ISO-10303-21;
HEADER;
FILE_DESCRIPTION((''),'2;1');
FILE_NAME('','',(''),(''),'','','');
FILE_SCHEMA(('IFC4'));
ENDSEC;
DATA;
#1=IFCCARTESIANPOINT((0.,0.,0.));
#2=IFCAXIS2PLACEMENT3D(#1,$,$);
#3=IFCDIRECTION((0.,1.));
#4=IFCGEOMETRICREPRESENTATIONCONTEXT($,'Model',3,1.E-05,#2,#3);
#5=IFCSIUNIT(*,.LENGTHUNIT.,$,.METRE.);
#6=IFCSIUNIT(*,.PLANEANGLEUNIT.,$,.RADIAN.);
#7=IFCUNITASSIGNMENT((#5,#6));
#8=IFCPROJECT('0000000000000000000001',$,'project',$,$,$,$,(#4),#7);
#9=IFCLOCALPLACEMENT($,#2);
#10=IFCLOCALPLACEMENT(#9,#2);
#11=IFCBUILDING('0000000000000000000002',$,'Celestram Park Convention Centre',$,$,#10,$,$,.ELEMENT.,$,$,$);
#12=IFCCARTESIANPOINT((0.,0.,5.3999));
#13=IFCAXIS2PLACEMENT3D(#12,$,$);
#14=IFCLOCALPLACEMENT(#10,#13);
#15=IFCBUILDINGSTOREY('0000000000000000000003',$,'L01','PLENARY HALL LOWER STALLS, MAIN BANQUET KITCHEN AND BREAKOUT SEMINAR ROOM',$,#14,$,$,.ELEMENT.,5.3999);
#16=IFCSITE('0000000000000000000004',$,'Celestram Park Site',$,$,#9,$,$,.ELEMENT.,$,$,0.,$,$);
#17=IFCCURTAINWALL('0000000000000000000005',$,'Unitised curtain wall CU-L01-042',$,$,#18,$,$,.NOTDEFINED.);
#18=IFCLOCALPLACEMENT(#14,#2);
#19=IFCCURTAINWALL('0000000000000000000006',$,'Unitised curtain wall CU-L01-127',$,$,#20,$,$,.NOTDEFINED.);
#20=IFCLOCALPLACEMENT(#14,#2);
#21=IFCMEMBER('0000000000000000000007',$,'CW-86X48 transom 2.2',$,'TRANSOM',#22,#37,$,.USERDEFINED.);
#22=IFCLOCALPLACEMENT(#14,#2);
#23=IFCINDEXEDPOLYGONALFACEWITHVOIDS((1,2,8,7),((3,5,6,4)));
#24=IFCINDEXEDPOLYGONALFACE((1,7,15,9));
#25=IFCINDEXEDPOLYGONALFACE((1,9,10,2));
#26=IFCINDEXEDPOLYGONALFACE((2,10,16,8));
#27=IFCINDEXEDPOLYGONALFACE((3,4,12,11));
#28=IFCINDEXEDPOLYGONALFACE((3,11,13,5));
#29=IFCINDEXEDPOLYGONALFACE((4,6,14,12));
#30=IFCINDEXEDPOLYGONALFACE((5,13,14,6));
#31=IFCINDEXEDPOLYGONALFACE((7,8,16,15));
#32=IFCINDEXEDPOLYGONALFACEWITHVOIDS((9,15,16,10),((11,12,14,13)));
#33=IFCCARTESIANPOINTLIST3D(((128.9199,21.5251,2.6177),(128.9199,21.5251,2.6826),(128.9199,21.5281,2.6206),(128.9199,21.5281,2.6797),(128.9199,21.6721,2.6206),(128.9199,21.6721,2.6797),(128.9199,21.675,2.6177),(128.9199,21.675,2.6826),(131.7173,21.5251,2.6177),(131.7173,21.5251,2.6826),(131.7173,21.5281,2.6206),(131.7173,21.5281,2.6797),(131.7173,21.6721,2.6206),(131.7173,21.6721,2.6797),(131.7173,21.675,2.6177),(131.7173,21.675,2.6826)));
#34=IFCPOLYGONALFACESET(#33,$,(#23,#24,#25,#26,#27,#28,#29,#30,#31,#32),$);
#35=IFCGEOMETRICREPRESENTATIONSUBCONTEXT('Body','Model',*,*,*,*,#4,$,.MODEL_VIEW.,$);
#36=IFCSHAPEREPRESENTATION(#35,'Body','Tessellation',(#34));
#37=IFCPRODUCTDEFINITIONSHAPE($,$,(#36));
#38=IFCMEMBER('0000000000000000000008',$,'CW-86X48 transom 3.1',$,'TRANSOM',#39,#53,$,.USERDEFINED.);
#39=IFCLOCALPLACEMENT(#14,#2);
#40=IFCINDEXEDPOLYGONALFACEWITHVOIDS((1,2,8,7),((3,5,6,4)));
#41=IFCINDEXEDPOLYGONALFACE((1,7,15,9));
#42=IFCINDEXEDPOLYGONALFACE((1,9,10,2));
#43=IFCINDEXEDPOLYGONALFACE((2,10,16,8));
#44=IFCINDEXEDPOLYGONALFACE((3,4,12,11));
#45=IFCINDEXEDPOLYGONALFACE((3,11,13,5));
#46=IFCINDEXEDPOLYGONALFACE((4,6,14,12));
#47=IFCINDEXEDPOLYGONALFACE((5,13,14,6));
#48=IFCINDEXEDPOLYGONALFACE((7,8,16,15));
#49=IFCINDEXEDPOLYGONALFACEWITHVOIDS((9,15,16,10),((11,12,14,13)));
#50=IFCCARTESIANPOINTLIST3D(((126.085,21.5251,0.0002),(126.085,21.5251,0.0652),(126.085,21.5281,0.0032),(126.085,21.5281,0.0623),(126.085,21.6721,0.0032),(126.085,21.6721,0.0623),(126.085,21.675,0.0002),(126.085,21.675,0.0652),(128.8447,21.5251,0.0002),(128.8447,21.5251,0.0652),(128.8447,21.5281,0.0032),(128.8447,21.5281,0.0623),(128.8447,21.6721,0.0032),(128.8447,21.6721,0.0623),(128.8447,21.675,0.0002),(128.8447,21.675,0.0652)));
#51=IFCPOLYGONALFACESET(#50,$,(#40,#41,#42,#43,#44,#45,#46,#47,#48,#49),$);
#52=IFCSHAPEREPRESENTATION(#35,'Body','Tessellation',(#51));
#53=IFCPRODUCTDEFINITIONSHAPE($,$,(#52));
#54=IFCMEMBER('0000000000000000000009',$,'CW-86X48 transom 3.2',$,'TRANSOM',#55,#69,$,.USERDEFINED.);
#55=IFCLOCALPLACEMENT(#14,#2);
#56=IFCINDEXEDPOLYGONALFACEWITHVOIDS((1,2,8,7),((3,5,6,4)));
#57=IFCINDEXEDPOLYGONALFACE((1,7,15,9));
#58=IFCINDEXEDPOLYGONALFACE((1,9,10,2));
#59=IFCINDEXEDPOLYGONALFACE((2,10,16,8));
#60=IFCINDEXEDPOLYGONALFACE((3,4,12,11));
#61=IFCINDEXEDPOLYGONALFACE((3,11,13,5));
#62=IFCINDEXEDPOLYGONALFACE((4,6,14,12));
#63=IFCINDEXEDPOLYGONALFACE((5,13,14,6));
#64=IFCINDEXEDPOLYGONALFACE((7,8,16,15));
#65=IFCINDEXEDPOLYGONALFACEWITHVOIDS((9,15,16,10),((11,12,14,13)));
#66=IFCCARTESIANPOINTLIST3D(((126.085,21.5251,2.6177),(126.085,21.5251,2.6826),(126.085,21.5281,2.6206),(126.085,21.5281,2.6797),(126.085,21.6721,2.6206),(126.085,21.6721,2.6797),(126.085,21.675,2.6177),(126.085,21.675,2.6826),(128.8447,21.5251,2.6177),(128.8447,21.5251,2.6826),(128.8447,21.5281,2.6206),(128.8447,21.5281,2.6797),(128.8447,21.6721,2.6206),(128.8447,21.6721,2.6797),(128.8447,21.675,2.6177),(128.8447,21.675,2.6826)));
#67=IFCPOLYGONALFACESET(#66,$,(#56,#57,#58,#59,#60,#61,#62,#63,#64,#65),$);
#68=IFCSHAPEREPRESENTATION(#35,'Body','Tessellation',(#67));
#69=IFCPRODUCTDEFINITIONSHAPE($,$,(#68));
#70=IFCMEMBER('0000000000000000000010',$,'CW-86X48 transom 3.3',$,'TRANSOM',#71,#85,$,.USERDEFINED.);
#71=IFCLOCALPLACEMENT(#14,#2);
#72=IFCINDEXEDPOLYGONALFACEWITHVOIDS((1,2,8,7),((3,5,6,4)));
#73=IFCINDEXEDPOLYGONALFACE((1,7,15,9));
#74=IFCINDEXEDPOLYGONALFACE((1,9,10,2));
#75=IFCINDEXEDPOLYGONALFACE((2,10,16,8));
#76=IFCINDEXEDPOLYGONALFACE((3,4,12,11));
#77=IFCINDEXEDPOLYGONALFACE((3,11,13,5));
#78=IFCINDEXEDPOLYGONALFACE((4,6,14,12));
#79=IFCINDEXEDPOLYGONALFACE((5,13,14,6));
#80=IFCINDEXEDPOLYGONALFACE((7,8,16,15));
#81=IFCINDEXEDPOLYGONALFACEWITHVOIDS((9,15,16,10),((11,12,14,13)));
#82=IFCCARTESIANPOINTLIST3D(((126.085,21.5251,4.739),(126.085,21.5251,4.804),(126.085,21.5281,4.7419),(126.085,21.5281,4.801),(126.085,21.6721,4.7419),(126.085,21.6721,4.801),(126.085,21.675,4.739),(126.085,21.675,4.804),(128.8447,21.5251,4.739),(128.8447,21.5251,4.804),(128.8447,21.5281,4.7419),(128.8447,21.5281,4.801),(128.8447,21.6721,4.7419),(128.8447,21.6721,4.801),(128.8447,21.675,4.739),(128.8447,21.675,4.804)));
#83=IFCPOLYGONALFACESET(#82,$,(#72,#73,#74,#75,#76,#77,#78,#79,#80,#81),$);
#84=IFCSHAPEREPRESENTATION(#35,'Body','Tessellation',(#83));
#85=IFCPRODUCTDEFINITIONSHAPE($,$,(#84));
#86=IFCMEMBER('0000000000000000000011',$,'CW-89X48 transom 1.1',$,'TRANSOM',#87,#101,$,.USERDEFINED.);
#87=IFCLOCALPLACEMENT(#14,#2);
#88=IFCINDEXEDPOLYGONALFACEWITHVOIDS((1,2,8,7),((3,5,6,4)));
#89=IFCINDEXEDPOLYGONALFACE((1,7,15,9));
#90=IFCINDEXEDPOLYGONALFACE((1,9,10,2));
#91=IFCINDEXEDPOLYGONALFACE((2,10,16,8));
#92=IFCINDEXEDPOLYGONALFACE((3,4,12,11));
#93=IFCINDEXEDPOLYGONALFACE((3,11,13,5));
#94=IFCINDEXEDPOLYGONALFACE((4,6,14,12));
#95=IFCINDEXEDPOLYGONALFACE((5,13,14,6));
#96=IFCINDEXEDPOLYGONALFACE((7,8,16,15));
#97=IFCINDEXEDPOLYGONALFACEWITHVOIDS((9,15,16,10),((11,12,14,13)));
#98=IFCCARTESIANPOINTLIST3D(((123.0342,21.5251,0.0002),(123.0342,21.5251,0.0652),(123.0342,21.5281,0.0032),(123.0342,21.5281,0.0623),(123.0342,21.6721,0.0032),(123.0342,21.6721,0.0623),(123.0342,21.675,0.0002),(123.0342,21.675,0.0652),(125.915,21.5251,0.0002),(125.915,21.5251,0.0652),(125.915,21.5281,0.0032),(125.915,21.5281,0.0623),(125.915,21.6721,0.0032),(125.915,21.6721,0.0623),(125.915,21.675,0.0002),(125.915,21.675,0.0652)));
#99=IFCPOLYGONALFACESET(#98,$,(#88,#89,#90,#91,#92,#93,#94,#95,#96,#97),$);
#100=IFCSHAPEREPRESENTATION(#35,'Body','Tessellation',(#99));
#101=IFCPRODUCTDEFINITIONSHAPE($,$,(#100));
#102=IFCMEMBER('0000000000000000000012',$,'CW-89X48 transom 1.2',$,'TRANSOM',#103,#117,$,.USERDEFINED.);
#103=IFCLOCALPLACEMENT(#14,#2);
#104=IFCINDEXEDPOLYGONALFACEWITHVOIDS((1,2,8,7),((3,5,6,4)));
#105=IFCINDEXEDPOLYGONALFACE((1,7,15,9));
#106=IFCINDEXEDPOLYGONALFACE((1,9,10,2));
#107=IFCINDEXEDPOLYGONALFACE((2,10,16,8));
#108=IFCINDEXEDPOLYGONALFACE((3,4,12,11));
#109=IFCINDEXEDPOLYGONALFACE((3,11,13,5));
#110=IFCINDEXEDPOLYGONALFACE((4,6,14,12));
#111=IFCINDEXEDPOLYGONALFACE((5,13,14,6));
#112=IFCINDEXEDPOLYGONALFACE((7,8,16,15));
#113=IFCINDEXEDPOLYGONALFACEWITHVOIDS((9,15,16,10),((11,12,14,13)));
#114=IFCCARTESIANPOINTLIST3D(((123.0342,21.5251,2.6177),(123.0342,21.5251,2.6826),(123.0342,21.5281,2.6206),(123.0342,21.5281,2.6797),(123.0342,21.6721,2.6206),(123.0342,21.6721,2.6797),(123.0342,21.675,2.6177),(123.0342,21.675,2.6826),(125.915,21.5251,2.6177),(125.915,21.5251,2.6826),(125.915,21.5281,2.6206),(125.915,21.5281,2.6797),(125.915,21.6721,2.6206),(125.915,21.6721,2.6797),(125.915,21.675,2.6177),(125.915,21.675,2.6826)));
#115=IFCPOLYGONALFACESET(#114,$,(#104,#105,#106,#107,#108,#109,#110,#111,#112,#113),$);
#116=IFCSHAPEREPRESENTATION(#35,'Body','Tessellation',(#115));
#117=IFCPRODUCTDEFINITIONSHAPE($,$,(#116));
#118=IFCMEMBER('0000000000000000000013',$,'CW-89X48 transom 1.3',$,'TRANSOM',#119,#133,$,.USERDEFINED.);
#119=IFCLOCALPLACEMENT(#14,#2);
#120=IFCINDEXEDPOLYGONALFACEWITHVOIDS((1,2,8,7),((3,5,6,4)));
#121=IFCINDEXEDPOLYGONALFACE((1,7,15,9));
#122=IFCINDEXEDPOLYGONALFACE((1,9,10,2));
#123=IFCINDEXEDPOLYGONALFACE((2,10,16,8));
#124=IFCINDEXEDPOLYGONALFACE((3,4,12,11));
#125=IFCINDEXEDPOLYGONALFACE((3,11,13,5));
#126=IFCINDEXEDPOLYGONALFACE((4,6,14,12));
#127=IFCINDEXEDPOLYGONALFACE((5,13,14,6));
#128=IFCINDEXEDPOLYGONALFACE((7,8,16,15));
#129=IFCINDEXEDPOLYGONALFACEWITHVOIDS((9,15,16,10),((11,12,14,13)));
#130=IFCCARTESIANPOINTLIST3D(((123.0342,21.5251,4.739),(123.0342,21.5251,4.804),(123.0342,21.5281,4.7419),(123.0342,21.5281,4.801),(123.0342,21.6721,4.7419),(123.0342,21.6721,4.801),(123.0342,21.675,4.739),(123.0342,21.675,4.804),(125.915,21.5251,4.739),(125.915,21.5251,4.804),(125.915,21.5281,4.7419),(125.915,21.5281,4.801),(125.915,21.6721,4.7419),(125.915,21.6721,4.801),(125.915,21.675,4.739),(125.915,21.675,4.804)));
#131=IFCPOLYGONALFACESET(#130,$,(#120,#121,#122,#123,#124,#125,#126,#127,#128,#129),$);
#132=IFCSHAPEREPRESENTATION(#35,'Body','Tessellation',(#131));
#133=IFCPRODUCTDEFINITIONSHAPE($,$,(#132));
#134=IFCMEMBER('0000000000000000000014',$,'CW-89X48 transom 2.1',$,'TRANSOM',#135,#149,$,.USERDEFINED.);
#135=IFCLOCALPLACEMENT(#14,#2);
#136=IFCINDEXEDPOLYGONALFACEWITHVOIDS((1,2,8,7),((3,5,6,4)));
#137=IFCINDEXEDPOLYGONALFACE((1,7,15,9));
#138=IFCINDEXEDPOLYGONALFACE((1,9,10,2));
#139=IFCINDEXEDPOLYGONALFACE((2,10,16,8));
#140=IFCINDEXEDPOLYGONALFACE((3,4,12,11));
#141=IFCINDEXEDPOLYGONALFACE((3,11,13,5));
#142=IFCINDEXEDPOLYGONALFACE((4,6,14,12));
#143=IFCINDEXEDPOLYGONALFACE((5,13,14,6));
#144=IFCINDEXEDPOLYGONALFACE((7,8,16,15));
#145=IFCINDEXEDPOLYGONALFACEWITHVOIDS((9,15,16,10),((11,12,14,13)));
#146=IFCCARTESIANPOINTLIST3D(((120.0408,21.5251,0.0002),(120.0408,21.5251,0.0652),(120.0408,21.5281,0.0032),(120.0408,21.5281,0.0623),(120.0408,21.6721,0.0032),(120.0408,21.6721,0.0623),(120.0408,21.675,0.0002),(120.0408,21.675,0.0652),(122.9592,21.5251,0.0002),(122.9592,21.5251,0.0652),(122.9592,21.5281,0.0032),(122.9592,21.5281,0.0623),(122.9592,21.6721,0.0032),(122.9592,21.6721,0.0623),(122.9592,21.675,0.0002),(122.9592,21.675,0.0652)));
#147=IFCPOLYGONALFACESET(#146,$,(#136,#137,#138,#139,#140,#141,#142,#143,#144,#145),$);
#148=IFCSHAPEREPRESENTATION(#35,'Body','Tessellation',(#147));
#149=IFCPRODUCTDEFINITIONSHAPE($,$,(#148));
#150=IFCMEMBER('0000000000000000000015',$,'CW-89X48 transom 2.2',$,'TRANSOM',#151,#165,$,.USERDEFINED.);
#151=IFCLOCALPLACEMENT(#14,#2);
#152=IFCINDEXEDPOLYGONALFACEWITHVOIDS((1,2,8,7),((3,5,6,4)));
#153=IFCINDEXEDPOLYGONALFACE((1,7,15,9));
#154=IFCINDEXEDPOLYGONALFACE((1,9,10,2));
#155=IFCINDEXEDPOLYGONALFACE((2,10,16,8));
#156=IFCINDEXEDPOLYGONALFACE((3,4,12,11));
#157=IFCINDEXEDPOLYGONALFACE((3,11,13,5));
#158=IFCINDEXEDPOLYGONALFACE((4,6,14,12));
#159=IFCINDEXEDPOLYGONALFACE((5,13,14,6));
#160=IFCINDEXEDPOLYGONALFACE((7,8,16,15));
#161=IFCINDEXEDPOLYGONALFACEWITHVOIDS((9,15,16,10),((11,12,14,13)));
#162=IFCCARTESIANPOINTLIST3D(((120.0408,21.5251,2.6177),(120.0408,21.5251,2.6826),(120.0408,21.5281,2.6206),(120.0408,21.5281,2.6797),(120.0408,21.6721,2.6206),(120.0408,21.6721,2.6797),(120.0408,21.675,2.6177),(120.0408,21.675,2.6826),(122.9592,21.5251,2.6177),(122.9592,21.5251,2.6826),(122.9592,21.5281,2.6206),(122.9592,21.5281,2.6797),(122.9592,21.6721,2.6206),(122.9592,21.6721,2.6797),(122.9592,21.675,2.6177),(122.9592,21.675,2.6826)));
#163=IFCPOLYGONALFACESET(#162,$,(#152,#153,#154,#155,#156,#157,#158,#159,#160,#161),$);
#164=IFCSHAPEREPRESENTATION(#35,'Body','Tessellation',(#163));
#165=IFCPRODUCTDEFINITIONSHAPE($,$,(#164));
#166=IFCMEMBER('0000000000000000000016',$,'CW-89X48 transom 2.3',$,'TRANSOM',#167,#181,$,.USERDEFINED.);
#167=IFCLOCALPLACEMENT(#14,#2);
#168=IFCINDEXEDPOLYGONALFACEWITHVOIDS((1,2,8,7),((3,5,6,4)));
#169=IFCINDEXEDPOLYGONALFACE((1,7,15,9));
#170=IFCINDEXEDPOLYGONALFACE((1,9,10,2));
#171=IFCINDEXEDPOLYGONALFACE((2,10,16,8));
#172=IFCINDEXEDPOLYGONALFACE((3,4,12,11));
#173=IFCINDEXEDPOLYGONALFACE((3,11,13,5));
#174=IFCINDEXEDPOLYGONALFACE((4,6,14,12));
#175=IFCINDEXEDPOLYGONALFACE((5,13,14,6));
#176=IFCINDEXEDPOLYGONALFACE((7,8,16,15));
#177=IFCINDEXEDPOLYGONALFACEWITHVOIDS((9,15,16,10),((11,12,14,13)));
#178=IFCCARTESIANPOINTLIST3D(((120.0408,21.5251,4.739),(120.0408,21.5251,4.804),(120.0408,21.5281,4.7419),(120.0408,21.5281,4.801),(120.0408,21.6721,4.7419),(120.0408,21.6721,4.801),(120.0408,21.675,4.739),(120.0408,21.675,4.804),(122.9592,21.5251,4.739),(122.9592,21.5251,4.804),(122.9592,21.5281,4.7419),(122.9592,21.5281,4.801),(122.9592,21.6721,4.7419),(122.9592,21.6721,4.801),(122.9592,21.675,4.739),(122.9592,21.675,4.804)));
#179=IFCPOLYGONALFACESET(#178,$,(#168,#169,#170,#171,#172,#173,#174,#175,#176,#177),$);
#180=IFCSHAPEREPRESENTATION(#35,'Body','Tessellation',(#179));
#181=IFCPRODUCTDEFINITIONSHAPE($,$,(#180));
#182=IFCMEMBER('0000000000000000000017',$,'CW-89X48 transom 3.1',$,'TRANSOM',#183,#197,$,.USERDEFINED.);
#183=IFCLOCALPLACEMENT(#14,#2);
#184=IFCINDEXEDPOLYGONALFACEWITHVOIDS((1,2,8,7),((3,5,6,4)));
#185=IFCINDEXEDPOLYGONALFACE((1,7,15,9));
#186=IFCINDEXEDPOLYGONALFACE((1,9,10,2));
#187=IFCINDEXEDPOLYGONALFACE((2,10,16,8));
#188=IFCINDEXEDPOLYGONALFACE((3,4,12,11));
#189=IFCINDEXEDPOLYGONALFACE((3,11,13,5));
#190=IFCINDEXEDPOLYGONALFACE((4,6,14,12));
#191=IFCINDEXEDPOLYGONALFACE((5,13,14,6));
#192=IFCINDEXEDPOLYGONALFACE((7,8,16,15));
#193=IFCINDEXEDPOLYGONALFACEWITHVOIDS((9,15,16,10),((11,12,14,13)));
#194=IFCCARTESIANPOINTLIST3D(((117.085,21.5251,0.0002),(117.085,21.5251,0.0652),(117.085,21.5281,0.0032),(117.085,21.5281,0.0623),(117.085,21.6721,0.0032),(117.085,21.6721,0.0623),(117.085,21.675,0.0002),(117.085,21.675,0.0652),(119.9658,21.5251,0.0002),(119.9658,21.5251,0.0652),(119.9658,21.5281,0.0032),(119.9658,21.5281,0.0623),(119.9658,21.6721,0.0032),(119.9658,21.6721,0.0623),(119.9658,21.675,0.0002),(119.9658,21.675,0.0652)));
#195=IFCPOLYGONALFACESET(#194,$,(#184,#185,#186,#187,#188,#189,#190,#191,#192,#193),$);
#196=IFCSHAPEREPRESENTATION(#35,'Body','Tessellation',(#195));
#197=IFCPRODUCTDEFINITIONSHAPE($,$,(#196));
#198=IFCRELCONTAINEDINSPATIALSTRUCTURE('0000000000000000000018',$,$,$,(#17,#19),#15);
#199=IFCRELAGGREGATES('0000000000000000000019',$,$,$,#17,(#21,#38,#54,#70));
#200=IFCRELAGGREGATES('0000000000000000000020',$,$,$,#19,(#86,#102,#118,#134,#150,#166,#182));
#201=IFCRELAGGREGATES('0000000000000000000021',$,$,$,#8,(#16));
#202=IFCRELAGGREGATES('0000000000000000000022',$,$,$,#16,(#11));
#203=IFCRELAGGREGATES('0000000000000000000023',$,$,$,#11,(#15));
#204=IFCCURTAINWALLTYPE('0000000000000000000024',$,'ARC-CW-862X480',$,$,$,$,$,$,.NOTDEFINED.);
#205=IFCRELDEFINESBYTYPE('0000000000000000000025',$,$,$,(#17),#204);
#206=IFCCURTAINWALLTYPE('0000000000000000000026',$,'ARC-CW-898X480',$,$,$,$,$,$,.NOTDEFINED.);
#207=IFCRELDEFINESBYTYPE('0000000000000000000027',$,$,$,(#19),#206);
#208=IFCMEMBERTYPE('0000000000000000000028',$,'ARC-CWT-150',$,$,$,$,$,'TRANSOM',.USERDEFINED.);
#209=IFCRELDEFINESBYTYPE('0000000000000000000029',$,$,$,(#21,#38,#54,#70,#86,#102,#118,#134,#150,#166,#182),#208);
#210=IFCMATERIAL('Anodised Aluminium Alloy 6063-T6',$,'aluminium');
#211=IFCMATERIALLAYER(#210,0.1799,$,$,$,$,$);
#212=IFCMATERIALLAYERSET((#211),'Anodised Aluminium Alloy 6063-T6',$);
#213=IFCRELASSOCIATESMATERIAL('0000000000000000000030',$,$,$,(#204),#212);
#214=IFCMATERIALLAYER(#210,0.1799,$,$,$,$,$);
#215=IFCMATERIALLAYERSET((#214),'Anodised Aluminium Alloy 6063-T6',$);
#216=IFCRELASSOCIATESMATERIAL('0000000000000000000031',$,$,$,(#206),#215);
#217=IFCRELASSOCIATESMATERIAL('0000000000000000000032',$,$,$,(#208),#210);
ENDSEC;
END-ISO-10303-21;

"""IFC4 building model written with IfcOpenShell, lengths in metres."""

from ifc_helpers import new_model, si_unit, direction, frame, origin, origin_2d, place, context, subcontext, project, spatial, hollow_rectangle, extrude, material, layer, layer_set, material_profile, profile_set, type_object, element, aggregate, save


model = new_model("IFC4")

# Units and contexts
model_context = context("Model", 3, precision=1e-05, world=origin(), true_north=direction((0.0, 1.0)))
body_context = subcontext(model_context, "Body", "Model", "MODEL_VIEW")
ifc_project = project(units=[si_unit("LENGTHUNIT", "METRE"), si_unit("PLANEANGLEUNIT", "RADIAN")], contexts=[model_context])

# Site, building, storey
site_placement = place(None, origin())
site = spatial("IfcSite", under=ifc_project, at=site_placement, Name="Celestram Park Site", CompositionType="ELEMENT", RefElevation=0.0)
building_placement = place(site_placement, origin())
building = spatial("IfcBuilding", under=site, at=building_placement, Name="Celestram Park Convention Centre", CompositionType="ELEMENT")
storey_placement = place(building_placement, frame((0.0, 0.0, 5.3999)))
storey = spatial("IfcBuildingStorey", under=building, at=storey_placement, Name="L01", Description="PLENARY HALL LOWER STALLS, MAIN BANQUET KITCHEN AND BREAKOUT SEMINAR ROOM", CompositionType="ELEMENT", Elevation=5.3999)

# Curtain walls
ifc_material_1 = material(Name="Anodised Aluminium Alloy 6063-T6", Category="aluminium")
ifc_layer_1 = layer(ifc_material_1, 0.1799)
ifc_layer_set_1 = layer_set([ifc_layer_1], Name="Anodised Aluminium Alloy 6063-T6")
curtain_wall_type_1 = type_object("IfcCurtainWallType", Name="ARC-CW-862X480", PredefinedType="NOTDEFINED", material=ifc_layer_set_1)
curtain_wall_1_placement = place(storey_placement, origin())
curtain_wall_1 = element("IfcCurtainWall", 1, at=curtain_wall_1_placement, inside=storey, type_object=curtain_wall_type_1, Name="Unitised curtain wall CU-L01-042", PredefinedType="NOTDEFINED")
ifc_layer_2 = layer(ifc_material_1, 0.1799)
ifc_layer_set_2 = layer_set([ifc_layer_2], Name="Anodised Aluminium Alloy 6063-T6")
curtain_wall_type_2 = type_object("IfcCurtainWallType", Name="ARC-CW-898X480", PredefinedType="NOTDEFINED", material=ifc_layer_set_2)
curtain_wall_2_placement = place(storey_placement, origin())
curtain_wall_2 = element("IfcCurtainWall", 2, at=curtain_wall_2_placement, inside=storey, type_object=curtain_wall_type_2, Name="Unitised curtain wall CU-L01-127", PredefinedType="NOTDEFINED")

# Members
ifc_material_profile_1 = material_profile(ifc_material_1, hollow_rectangle(XDim=0.1499, YDim=0.0649, WallThickness=0.0029, at=origin_2d()), Name="ALU150X65X3")
ifc_profile_set_1 = profile_set([ifc_material_profile_1], Name="Anodised Aluminium Alloy 6063-T6")
member_type_1 = type_object("IfcMemberType", Name="ARC-CWT-150", ElementType="TRANSOM", PredefinedType="USERDEFINED", material=ifc_profile_set_1)
member_1_placement = place(storey_placement, frame((131.7173, 21.6001, 2.6501), z_axis=(-1.0, 0.0, 0.0), x_axis=(0.0, -1.0, 0.0)))
member_1 = element("IfcMember", 3, at=member_1_placement, type_object=member_type_1, Name="CW-86X48 transom 2.2", ObjectType="TRANSOM", PredefinedType="USERDEFINED", context=body_context, shape_type="SweptSolid", body=[
    extrude(hollow_rectangle(XDim=0.1499, YDim=0.0649, WallThickness=0.0029, at=origin_2d()), origin(), (0.0, 0.0, 1.0), 2.7974),
])
member_2_placement = place(storey_placement, frame((128.8447, 21.6001, 0.0327), z_axis=(-1.0, 0.0, 0.0), x_axis=(0.0, -1.0, 0.0)))
member_2 = element("IfcMember", 4, at=member_2_placement, type_object=member_type_1, Name="CW-86X48 transom 3.1", ObjectType="TRANSOM", PredefinedType="USERDEFINED", context=body_context, shape_type="SweptSolid", body=[
    extrude(hollow_rectangle(XDim=0.1499, YDim=0.0649, WallThickness=0.0029, at=origin_2d()), origin(), (0.0, 0.0, 1.0), 2.7598),
])
member_3_placement = place(storey_placement, frame((128.8447, 21.6001, 2.6501), z_axis=(-1.0, 0.0, 0.0), x_axis=(0.0, -1.0, 0.0)))
member_3 = element("IfcMember", 5, at=member_3_placement, type_object=member_type_1, Name="CW-86X48 transom 3.2", ObjectType="TRANSOM", PredefinedType="USERDEFINED", context=body_context, shape_type="SweptSolid", body=[
    extrude(hollow_rectangle(XDim=0.1499, YDim=0.0649, WallThickness=0.0029, at=origin_2d()), origin(), (0.0, 0.0, 1.0), 2.7598),
])
member_4_placement = place(storey_placement, frame((128.8447, 21.6001, 4.7715), z_axis=(-1.0, 0.0, 0.0), x_axis=(0.0, -1.0, 0.0)))
member_4 = element("IfcMember", 6, at=member_4_placement, type_object=member_type_1, Name="CW-86X48 transom 3.3", ObjectType="TRANSOM", PredefinedType="USERDEFINED", context=body_context, shape_type="SweptSolid", body=[
    extrude(hollow_rectangle(XDim=0.1499, YDim=0.0649, WallThickness=0.0029, at=origin_2d()), origin(), (0.0, 0.0, 1.0), 2.7598),
])
member_5_placement = place(storey_placement, frame((125.915, 21.6001, 0.0327), z_axis=(-1.0, 0.0, 0.0), x_axis=(0.0, -1.0, 0.0)))
member_5 = element("IfcMember", 7, at=member_5_placement, type_object=member_type_1, Name="CW-89X48 transom 1.1", ObjectType="TRANSOM", PredefinedType="USERDEFINED", context=body_context, shape_type="SweptSolid", body=[
    extrude(hollow_rectangle(XDim=0.1499, YDim=0.0649, WallThickness=0.0029, at=origin_2d()), origin(), (0.0, 0.0, 1.0), 2.8809),
])
member_6_placement = place(storey_placement, frame((125.915, 21.6001, 2.6501), z_axis=(-1.0, 0.0, 0.0), x_axis=(0.0, -1.0, 0.0)))
member_6 = element("IfcMember", 8, at=member_6_placement, type_object=member_type_1, Name="CW-89X48 transom 1.2", ObjectType="TRANSOM", PredefinedType="USERDEFINED", context=body_context, shape_type="SweptSolid", body=[
    extrude(hollow_rectangle(XDim=0.1499, YDim=0.0649, WallThickness=0.0029, at=origin_2d()), origin(), (0.0, 0.0, 1.0), 2.8809),
])
member_7_placement = place(storey_placement, frame((125.915, 21.6001, 4.7715), z_axis=(-1.0, 0.0, 0.0), x_axis=(0.0, -1.0, 0.0)))
member_7 = element("IfcMember", 9, at=member_7_placement, type_object=member_type_1, Name="CW-89X48 transom 1.3", ObjectType="TRANSOM", PredefinedType="USERDEFINED", context=body_context, shape_type="SweptSolid", body=[
    extrude(hollow_rectangle(XDim=0.1499, YDim=0.0649, WallThickness=0.0029, at=origin_2d()), origin(), (0.0, 0.0, 1.0), 2.8809),
])
member_8_placement = place(storey_placement, frame((122.9592, 21.6001, 0.0327), z_axis=(-1.0, 0.0, 0.0), x_axis=(0.0, -1.0, 0.0)))
member_8 = element("IfcMember", 10, at=member_8_placement, type_object=member_type_1, Name="CW-89X48 transom 2.1", ObjectType="TRANSOM", PredefinedType="USERDEFINED", context=body_context, shape_type="SweptSolid", body=[
    extrude(hollow_rectangle(XDim=0.1499, YDim=0.0649, WallThickness=0.0029, at=origin_2d()), origin(), (0.0, 0.0, 1.0), 2.9185),
])
member_9_placement = place(storey_placement, frame((122.9592, 21.6001, 2.6501), z_axis=(-1.0, 0.0, 0.0), x_axis=(0.0, -1.0, 0.0)))
member_9 = element("IfcMember", 11, at=member_9_placement, type_object=member_type_1, Name="CW-89X48 transom 2.2", ObjectType="TRANSOM", PredefinedType="USERDEFINED", context=body_context, shape_type="SweptSolid", body=[
    extrude(hollow_rectangle(XDim=0.1499, YDim=0.0649, WallThickness=0.0029, at=origin_2d()), origin(), (0.0, 0.0, 1.0), 2.9185),
])
member_10_placement = place(storey_placement, frame((122.9592, 21.6001, 4.7715), z_axis=(-1.0, 0.0, 0.0), x_axis=(0.0, -1.0, 0.0)))
member_10 = element("IfcMember", 12, at=member_10_placement, type_object=member_type_1, Name="CW-89X48 transom 2.3", ObjectType="TRANSOM", PredefinedType="USERDEFINED", context=body_context, shape_type="SweptSolid", body=[
    extrude(hollow_rectangle(XDim=0.1499, YDim=0.0649, WallThickness=0.0029, at=origin_2d()), origin(), (0.0, 0.0, 1.0), 2.9185),
])
member_11_placement = place(storey_placement, frame((119.9658, 21.6001, 0.0327), z_axis=(-1.0, 0.0, 0.0), x_axis=(0.0, -1.0, 0.0)))
member_11 = element("IfcMember", 13, at=member_11_placement, type_object=member_type_1, Name="CW-89X48 transom 3.1", ObjectType="TRANSOM", PredefinedType="USERDEFINED", context=body_context, shape_type="SweptSolid", body=[
    extrude(hollow_rectangle(XDim=0.1499, YDim=0.0649, WallThickness=0.0029, at=origin_2d()), origin(), (0.0, 0.0, 1.0), 2.8809),
])

aggregate(curtain_wall_1, [member_1, member_2, member_3, member_4])
aggregate(curtain_wall_2, [member_5, member_6, member_7, member_8, member_9, member_10, member_11])

save(model, "model.ifc")
